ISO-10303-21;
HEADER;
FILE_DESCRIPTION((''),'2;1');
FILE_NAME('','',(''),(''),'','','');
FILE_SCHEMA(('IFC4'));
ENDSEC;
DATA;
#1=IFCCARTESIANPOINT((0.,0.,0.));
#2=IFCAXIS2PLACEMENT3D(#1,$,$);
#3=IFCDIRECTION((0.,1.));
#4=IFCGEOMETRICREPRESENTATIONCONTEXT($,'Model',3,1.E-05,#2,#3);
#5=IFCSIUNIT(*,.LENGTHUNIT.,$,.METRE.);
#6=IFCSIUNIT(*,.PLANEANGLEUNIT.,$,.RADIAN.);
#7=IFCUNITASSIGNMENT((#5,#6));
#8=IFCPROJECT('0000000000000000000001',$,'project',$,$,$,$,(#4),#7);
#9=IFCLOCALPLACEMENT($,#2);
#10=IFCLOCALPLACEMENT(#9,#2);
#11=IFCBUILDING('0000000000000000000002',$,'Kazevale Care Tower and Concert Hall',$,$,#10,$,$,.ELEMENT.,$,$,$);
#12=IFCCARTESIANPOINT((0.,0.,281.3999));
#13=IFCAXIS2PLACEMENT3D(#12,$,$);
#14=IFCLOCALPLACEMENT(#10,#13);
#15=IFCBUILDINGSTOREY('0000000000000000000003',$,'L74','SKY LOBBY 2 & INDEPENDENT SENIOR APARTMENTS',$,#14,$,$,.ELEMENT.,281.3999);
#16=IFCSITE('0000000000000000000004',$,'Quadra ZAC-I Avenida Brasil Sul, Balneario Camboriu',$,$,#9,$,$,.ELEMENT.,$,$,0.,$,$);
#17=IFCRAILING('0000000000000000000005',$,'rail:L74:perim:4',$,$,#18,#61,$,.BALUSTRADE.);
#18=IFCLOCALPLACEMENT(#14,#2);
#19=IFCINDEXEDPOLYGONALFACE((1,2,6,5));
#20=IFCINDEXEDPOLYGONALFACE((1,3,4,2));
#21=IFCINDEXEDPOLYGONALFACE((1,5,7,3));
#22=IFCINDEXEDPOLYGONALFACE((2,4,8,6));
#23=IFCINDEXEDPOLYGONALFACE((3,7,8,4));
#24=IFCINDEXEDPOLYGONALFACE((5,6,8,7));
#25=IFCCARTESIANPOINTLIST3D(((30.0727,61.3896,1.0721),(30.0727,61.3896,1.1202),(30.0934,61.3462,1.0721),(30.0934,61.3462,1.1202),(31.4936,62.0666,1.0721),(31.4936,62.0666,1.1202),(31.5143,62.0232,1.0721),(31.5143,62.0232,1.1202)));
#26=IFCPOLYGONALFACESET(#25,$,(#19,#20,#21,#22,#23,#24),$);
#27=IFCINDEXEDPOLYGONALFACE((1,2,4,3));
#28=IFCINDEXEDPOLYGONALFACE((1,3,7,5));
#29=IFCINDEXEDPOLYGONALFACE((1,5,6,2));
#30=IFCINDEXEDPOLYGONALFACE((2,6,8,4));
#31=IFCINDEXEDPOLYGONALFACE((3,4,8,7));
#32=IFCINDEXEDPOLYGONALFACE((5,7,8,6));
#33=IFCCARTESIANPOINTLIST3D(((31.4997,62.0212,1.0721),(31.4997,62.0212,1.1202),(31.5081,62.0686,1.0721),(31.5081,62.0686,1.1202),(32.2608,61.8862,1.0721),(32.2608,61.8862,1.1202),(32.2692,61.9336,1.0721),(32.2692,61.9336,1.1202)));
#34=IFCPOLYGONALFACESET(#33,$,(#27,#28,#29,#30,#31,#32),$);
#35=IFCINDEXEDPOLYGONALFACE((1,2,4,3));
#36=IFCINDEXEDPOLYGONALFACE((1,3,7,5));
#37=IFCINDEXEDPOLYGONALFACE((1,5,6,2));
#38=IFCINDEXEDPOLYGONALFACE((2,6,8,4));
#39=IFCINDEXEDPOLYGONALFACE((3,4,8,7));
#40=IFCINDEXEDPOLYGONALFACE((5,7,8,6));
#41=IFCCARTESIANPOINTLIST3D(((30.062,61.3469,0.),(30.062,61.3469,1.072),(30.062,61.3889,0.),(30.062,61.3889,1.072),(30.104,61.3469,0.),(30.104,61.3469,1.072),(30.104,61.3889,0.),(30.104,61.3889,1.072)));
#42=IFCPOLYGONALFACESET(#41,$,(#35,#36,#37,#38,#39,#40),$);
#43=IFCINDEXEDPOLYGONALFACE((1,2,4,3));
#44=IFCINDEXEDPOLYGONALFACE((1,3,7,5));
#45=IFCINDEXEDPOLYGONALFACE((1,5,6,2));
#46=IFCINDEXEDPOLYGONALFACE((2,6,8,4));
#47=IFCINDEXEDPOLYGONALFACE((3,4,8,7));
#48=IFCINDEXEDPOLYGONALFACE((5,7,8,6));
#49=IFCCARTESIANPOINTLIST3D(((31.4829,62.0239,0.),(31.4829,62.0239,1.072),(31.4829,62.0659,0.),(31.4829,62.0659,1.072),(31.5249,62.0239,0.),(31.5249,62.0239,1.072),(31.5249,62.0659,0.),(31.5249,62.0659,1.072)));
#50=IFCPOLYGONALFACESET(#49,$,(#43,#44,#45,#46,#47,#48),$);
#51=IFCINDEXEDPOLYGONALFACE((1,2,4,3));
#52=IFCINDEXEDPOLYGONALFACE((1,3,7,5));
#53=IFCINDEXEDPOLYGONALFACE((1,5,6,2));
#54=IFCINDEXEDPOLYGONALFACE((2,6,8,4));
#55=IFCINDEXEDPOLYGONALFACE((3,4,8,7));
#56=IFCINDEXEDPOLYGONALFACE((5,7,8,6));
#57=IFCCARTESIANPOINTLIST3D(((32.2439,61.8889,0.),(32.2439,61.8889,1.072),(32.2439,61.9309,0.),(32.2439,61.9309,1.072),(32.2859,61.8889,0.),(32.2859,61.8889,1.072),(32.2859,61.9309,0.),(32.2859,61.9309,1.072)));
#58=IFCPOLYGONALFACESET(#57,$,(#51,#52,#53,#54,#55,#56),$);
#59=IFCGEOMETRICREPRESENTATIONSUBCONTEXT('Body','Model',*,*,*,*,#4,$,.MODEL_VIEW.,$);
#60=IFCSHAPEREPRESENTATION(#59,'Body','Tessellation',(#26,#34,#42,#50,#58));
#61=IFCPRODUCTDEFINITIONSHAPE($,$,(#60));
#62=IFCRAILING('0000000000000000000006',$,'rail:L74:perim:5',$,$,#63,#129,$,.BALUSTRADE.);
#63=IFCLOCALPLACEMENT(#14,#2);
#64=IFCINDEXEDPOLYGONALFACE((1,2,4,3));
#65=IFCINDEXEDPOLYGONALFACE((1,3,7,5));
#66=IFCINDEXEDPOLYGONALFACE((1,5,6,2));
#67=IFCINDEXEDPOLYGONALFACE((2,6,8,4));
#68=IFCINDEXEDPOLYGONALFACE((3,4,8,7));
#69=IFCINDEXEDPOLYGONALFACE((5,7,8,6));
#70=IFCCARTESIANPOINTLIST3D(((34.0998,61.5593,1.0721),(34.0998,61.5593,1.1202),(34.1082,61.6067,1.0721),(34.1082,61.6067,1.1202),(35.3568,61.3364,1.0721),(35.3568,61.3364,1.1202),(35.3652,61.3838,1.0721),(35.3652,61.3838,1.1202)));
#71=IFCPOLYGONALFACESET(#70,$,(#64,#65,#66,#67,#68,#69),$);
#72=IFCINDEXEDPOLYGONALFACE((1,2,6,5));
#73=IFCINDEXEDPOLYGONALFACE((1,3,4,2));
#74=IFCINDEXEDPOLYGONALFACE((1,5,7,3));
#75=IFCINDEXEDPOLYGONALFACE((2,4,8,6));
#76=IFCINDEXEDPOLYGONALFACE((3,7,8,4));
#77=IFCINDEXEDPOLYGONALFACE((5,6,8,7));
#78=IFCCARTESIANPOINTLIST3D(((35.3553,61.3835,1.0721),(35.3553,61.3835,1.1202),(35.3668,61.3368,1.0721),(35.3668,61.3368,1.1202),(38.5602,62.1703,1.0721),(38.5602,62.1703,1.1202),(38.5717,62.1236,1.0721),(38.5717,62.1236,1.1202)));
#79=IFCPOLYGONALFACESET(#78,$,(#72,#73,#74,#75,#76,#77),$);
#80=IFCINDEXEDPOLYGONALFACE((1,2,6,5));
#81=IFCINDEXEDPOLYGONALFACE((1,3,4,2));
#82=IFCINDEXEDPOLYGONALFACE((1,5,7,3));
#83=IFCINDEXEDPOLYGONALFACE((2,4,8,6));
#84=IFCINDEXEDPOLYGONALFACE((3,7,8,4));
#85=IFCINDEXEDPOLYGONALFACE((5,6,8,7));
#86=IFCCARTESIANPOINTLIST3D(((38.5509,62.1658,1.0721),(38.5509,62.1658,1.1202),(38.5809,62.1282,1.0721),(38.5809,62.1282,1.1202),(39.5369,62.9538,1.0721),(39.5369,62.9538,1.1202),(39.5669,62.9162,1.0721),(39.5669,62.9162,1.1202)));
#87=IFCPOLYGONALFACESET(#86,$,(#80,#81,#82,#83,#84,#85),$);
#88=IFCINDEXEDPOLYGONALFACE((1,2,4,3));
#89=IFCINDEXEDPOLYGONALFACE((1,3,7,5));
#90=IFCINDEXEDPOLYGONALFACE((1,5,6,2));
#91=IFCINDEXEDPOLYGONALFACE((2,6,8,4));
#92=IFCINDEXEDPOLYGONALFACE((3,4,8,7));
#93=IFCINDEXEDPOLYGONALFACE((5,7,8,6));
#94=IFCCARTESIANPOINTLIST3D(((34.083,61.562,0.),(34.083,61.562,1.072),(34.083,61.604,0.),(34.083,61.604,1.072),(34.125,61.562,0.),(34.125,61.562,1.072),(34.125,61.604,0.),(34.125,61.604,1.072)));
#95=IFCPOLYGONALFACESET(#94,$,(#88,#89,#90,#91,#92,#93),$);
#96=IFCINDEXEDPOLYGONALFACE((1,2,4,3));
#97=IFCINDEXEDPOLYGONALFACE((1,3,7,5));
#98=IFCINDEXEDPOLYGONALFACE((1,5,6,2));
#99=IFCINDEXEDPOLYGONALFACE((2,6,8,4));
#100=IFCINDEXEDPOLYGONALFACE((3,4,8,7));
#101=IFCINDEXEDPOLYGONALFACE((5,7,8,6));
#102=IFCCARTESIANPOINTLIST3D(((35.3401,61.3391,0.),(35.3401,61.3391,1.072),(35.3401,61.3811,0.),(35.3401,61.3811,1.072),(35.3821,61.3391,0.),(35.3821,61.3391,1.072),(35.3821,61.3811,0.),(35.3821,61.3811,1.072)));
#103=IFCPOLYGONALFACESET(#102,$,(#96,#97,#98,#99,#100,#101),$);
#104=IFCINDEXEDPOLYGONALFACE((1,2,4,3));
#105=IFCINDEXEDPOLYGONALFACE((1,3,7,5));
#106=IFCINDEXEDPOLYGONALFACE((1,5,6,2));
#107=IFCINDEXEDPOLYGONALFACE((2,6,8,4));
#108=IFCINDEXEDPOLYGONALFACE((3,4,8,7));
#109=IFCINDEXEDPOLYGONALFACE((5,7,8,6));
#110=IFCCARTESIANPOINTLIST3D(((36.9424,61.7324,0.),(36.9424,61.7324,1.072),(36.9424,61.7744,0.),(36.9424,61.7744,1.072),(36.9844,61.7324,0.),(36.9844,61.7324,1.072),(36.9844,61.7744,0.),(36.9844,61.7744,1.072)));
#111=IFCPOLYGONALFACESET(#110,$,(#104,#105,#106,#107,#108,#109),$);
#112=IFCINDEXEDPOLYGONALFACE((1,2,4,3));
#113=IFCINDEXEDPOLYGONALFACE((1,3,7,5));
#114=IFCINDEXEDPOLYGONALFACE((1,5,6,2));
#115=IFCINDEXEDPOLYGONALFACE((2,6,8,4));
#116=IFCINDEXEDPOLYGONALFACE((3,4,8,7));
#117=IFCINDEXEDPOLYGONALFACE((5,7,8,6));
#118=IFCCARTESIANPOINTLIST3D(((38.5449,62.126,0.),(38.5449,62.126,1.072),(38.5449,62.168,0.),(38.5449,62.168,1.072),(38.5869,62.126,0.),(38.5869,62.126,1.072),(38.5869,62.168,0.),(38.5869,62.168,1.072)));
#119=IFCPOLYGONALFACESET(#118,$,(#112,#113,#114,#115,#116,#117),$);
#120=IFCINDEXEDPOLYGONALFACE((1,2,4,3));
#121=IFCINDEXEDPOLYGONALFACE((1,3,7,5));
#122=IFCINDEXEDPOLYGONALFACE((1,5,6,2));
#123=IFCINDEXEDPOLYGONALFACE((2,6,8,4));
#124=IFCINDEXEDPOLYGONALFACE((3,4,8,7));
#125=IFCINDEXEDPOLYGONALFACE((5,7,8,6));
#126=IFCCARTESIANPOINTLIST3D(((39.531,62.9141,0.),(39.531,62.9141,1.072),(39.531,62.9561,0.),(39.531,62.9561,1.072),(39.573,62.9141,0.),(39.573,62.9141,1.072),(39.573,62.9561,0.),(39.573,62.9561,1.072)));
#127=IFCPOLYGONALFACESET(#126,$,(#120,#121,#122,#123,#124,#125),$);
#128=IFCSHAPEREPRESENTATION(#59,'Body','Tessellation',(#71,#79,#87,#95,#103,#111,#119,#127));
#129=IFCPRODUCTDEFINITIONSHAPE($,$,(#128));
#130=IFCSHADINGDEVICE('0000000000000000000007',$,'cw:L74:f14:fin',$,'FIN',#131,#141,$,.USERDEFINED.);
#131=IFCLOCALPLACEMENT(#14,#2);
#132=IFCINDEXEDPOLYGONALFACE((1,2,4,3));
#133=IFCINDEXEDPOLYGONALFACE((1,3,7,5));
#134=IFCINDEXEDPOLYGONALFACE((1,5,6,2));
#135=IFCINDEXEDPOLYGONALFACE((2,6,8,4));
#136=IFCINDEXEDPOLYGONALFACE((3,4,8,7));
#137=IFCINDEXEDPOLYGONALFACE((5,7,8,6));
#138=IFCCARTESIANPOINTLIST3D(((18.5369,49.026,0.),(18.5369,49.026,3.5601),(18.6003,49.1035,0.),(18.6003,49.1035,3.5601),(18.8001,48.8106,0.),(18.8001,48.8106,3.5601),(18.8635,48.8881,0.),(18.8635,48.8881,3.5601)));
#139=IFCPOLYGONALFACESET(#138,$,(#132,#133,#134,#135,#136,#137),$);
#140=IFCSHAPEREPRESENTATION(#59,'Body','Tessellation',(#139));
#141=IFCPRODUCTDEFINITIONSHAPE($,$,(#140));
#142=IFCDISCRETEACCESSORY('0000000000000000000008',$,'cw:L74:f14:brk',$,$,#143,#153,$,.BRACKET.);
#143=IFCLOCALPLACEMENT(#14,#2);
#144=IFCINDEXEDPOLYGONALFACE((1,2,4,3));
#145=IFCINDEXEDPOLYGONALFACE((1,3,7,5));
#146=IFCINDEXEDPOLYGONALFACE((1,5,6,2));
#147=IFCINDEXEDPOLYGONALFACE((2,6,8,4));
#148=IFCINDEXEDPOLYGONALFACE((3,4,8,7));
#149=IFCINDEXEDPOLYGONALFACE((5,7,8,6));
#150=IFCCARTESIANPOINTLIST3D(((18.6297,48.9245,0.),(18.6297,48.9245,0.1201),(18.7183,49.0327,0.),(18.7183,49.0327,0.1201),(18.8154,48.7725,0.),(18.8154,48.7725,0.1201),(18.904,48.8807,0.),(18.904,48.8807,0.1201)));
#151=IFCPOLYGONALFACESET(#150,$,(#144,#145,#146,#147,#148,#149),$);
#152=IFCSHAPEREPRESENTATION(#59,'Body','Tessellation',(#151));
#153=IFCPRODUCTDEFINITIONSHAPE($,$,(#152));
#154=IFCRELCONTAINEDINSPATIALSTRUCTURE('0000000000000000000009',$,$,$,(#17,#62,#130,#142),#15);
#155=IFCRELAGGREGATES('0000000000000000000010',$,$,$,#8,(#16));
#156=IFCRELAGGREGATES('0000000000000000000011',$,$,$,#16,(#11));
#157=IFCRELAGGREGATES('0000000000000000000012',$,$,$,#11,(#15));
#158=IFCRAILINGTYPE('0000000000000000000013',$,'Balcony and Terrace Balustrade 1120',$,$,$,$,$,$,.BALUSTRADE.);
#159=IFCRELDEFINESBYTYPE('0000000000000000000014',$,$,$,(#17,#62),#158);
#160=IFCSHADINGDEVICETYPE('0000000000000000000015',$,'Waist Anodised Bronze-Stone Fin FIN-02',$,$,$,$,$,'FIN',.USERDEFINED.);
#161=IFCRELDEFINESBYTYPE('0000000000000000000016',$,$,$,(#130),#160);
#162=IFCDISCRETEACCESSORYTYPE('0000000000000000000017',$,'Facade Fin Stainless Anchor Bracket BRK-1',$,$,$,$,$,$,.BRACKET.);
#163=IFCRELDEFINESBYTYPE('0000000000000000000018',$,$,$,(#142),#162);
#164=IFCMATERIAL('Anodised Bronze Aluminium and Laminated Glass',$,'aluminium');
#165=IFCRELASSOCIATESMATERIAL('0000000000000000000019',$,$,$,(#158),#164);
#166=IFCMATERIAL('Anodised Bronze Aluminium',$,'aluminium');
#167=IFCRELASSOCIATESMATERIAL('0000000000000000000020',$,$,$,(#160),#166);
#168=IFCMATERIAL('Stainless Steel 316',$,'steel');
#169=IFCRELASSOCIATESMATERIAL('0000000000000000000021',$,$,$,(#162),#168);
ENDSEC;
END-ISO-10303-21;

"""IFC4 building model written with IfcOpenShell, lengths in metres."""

from ifc_helpers import new_model, si_unit, direction, frame, origin, origin_2d, place, context, subcontext, project, spatial, rectangle, extrude, material, type_object, element, save


model = new_model("IFC4")

# Units and contexts
model_context = context("Model", 3, precision=1e-05, world=origin(), true_north=direction((0.0, 1.0)))
body_context = subcontext(model_context, "Body", "Model", "MODEL_VIEW")
ifc_project = project(units=[si_unit("LENGTHUNIT", "METRE"), si_unit("PLANEANGLEUNIT", "RADIAN")], contexts=[model_context])

# Site, building, storey
site_placement = place(None, origin())
site = spatial("IfcSite", under=ifc_project, at=site_placement, Name="Quadra ZAC-I Avenida Brasil Sul, Balneario Camboriu", CompositionType="ELEMENT", RefElevation=0.0)
building_placement = place(site_placement, origin())
building = spatial("IfcBuilding", under=site, at=building_placement, Name="Kazevale Care Tower and Concert Hall", CompositionType="ELEMENT")
storey_placement = place(building_placement, frame((0.0, 0.0, 281.3999)))
storey = spatial("IfcBuildingStorey", under=building, at=storey_placement, Name="L74", Description="SKY LOBBY 2 & INDEPENDENT SENIOR APARTMENTS", CompositionType="ELEMENT", Elevation=281.3999)

# Railings
ifc_material_1 = material(Name="Anodised Bronze Aluminium and Laminated Glass", Category="aluminium")
railing_type = type_object("IfcRailingType", Name="Balcony and Terrace Balustrade 1120", PredefinedType="BALUSTRADE", material=ifc_material_1)
railing_1_placement = place(storey_placement, frame((30.083, 61.3679, 0.0)))
element("IfcRailing", 1, at=railing_1_placement, inside=storey, type_object=railing_type, Name="rail:L74:perim:4", PredefinedType="BALUSTRADE", context=body_context, shape_type="SweptSolid", body=[
    extrude(rectangle(XDim=0.0481, YDim=0.0481, at=origin_2d()), frame((0.0, 0.0, 1.0962), z_axis=(0.902766, 0.430132, 0.0), x_axis=(-0.430132, 0.902766, 0.0)), (0.0, 0.0, 1.0), 1.574),
    extrude(rectangle(XDim=0.0481, YDim=0.0481, at=origin_2d()), frame((1.4209, 0.677, 1.0962), z_axis=(0.984624, -0.174686, 0.0), x_axis=(0.174686, 0.984624, 0.0)), (0.0, 0.0, 1.0), 0.7729),
    extrude(rectangle(XDim=0.042, YDim=0.042, at=origin_2d()), origin(), (0.0, 0.0, 1.0), 1.072),
    extrude(rectangle(XDim=0.042, YDim=0.042, at=origin_2d()), frame((1.4209, 0.677, 0.0)), (0.0, 0.0, 1.0), 1.072),
    extrude(rectangle(XDim=0.042, YDim=0.042, at=origin_2d()), frame((2.1819, 0.542, 0.0)), (0.0, 0.0, 1.0), 1.072),
])
railing_2_placement = place(storey_placement, frame((34.104, 61.583, 0.0)))
element("IfcRailing", 2, at=railing_2_placement, inside=storey, type_object=railing_type, Name="rail:L74:perim:5", PredefinedType="BALUSTRADE", context=body_context, shape_type="SweptSolid", body=[
    extrude(rectangle(XDim=0.0481, YDim=0.0481, at=origin_2d()), frame((0.0, 0.0, 1.0962), z_axis=(0.984641, -0.174593, 0.0), x_axis=(0.174593, 0.984641, 0.0)), (0.0, 0.0, 1.0), 1.2766),
    extrude(rectangle(XDim=0.0481, YDim=0.0481, at=origin_2d()), frame((1.2571, -0.2229, 1.0962), z_axis=(0.971157, 0.238443, 0.0), x_axis=(-0.238443, 0.971157, 0.0)), (0.0, 0.0, 1.0), 3.3),
    extrude(rectangle(XDim=0.0481, YDim=0.0481, at=origin_2d()), frame((4.4619, 0.564, 1.0962), z_axis=(0.781171, 0.624318, 0.0), x_axis=(-0.624318, 0.781171, 0.0)), (0.0, 0.0, 1.0), 1.2622),
    extrude(rectangle(XDim=0.042, YDim=0.042, at=origin_2d()), origin(), (0.0, 0.0, 1.0), 1.072),
    extrude(rectangle(XDim=0.042, YDim=0.042, at=origin_2d()), frame((1.2571, -0.2229, 0.0)), (0.0, 0.0, 1.0), 1.072),
    extrude(rectangle(XDim=0.042, YDim=0.042, at=origin_2d()), frame((2.8594, 0.1704, 0.0)), (0.0, 0.0, 1.0), 1.072),
    extrude(rectangle(XDim=0.042, YDim=0.042, at=origin_2d()), frame((4.4619, 0.564, 0.0)), (0.0, 0.0, 1.0), 1.072),
    extrude(rectangle(XDim=0.042, YDim=0.042, at=origin_2d()), frame((5.448, 1.3521, 0.0)), (0.0, 0.0, 1.0), 1.072),
])

# Shading device
ifc_material_2 = material(Name="Anodised Bronze Aluminium", Category="aluminium")
shading_device_type = type_object("IfcShadingDeviceType", Name="Waist Anodised Bronze-Stone Fin FIN-02", ElementType="FIN", PredefinedType="USERDEFINED", material=ifc_material_2)
shading_device_placement = place(storey_placement, frame((18.7002, 48.957, 0.0), z_axis=(0.0, 0.0, 1.0), x_axis=(-0.77384, 0.633381, 0.0)))
element("IfcShadingDevice", 3, at=shading_device_placement, inside=storey, type_object=shading_device_type, Name="cw:L74:f14:fin", ObjectType="FIN", PredefinedType="USERDEFINED", context=body_context, shape_type="SweptSolid", body=[
    extrude(rectangle(XDim=0.3401, YDim=0.1001, at=origin_2d()), origin(), (0.0, 0.0, 1.0), 3.5601),
])

# Discrete accessory
ifc_material_3 = material(Name="Stainless Steel 316", Category="steel")
discrete_accessory_type = type_object("IfcDiscreteAccessoryType", Name="Facade Fin Stainless Anchor Bracket BRK-1", PredefinedType="BRACKET", material=ifc_material_3)
discrete_accessory_placement = place(storey_placement, frame((18.7668, 48.9026, 0.0), z_axis=(0.0, 0.0, 1.0), x_axis=(-0.77384, 0.633381, 0.0)))
element("IfcDiscreteAccessory", 4, at=discrete_accessory_placement, inside=storey, type_object=discrete_accessory_type, Name="cw:L74:f14:brk", PredefinedType="BRACKET", context=body_context, shape_type="SweptSolid", body=[
    extrude(rectangle(XDim=0.24, YDim=0.1399, at=origin_2d()), origin(), (0.0, 0.0, 1.0), 0.1201),
])

save(model, "model.ifc")
